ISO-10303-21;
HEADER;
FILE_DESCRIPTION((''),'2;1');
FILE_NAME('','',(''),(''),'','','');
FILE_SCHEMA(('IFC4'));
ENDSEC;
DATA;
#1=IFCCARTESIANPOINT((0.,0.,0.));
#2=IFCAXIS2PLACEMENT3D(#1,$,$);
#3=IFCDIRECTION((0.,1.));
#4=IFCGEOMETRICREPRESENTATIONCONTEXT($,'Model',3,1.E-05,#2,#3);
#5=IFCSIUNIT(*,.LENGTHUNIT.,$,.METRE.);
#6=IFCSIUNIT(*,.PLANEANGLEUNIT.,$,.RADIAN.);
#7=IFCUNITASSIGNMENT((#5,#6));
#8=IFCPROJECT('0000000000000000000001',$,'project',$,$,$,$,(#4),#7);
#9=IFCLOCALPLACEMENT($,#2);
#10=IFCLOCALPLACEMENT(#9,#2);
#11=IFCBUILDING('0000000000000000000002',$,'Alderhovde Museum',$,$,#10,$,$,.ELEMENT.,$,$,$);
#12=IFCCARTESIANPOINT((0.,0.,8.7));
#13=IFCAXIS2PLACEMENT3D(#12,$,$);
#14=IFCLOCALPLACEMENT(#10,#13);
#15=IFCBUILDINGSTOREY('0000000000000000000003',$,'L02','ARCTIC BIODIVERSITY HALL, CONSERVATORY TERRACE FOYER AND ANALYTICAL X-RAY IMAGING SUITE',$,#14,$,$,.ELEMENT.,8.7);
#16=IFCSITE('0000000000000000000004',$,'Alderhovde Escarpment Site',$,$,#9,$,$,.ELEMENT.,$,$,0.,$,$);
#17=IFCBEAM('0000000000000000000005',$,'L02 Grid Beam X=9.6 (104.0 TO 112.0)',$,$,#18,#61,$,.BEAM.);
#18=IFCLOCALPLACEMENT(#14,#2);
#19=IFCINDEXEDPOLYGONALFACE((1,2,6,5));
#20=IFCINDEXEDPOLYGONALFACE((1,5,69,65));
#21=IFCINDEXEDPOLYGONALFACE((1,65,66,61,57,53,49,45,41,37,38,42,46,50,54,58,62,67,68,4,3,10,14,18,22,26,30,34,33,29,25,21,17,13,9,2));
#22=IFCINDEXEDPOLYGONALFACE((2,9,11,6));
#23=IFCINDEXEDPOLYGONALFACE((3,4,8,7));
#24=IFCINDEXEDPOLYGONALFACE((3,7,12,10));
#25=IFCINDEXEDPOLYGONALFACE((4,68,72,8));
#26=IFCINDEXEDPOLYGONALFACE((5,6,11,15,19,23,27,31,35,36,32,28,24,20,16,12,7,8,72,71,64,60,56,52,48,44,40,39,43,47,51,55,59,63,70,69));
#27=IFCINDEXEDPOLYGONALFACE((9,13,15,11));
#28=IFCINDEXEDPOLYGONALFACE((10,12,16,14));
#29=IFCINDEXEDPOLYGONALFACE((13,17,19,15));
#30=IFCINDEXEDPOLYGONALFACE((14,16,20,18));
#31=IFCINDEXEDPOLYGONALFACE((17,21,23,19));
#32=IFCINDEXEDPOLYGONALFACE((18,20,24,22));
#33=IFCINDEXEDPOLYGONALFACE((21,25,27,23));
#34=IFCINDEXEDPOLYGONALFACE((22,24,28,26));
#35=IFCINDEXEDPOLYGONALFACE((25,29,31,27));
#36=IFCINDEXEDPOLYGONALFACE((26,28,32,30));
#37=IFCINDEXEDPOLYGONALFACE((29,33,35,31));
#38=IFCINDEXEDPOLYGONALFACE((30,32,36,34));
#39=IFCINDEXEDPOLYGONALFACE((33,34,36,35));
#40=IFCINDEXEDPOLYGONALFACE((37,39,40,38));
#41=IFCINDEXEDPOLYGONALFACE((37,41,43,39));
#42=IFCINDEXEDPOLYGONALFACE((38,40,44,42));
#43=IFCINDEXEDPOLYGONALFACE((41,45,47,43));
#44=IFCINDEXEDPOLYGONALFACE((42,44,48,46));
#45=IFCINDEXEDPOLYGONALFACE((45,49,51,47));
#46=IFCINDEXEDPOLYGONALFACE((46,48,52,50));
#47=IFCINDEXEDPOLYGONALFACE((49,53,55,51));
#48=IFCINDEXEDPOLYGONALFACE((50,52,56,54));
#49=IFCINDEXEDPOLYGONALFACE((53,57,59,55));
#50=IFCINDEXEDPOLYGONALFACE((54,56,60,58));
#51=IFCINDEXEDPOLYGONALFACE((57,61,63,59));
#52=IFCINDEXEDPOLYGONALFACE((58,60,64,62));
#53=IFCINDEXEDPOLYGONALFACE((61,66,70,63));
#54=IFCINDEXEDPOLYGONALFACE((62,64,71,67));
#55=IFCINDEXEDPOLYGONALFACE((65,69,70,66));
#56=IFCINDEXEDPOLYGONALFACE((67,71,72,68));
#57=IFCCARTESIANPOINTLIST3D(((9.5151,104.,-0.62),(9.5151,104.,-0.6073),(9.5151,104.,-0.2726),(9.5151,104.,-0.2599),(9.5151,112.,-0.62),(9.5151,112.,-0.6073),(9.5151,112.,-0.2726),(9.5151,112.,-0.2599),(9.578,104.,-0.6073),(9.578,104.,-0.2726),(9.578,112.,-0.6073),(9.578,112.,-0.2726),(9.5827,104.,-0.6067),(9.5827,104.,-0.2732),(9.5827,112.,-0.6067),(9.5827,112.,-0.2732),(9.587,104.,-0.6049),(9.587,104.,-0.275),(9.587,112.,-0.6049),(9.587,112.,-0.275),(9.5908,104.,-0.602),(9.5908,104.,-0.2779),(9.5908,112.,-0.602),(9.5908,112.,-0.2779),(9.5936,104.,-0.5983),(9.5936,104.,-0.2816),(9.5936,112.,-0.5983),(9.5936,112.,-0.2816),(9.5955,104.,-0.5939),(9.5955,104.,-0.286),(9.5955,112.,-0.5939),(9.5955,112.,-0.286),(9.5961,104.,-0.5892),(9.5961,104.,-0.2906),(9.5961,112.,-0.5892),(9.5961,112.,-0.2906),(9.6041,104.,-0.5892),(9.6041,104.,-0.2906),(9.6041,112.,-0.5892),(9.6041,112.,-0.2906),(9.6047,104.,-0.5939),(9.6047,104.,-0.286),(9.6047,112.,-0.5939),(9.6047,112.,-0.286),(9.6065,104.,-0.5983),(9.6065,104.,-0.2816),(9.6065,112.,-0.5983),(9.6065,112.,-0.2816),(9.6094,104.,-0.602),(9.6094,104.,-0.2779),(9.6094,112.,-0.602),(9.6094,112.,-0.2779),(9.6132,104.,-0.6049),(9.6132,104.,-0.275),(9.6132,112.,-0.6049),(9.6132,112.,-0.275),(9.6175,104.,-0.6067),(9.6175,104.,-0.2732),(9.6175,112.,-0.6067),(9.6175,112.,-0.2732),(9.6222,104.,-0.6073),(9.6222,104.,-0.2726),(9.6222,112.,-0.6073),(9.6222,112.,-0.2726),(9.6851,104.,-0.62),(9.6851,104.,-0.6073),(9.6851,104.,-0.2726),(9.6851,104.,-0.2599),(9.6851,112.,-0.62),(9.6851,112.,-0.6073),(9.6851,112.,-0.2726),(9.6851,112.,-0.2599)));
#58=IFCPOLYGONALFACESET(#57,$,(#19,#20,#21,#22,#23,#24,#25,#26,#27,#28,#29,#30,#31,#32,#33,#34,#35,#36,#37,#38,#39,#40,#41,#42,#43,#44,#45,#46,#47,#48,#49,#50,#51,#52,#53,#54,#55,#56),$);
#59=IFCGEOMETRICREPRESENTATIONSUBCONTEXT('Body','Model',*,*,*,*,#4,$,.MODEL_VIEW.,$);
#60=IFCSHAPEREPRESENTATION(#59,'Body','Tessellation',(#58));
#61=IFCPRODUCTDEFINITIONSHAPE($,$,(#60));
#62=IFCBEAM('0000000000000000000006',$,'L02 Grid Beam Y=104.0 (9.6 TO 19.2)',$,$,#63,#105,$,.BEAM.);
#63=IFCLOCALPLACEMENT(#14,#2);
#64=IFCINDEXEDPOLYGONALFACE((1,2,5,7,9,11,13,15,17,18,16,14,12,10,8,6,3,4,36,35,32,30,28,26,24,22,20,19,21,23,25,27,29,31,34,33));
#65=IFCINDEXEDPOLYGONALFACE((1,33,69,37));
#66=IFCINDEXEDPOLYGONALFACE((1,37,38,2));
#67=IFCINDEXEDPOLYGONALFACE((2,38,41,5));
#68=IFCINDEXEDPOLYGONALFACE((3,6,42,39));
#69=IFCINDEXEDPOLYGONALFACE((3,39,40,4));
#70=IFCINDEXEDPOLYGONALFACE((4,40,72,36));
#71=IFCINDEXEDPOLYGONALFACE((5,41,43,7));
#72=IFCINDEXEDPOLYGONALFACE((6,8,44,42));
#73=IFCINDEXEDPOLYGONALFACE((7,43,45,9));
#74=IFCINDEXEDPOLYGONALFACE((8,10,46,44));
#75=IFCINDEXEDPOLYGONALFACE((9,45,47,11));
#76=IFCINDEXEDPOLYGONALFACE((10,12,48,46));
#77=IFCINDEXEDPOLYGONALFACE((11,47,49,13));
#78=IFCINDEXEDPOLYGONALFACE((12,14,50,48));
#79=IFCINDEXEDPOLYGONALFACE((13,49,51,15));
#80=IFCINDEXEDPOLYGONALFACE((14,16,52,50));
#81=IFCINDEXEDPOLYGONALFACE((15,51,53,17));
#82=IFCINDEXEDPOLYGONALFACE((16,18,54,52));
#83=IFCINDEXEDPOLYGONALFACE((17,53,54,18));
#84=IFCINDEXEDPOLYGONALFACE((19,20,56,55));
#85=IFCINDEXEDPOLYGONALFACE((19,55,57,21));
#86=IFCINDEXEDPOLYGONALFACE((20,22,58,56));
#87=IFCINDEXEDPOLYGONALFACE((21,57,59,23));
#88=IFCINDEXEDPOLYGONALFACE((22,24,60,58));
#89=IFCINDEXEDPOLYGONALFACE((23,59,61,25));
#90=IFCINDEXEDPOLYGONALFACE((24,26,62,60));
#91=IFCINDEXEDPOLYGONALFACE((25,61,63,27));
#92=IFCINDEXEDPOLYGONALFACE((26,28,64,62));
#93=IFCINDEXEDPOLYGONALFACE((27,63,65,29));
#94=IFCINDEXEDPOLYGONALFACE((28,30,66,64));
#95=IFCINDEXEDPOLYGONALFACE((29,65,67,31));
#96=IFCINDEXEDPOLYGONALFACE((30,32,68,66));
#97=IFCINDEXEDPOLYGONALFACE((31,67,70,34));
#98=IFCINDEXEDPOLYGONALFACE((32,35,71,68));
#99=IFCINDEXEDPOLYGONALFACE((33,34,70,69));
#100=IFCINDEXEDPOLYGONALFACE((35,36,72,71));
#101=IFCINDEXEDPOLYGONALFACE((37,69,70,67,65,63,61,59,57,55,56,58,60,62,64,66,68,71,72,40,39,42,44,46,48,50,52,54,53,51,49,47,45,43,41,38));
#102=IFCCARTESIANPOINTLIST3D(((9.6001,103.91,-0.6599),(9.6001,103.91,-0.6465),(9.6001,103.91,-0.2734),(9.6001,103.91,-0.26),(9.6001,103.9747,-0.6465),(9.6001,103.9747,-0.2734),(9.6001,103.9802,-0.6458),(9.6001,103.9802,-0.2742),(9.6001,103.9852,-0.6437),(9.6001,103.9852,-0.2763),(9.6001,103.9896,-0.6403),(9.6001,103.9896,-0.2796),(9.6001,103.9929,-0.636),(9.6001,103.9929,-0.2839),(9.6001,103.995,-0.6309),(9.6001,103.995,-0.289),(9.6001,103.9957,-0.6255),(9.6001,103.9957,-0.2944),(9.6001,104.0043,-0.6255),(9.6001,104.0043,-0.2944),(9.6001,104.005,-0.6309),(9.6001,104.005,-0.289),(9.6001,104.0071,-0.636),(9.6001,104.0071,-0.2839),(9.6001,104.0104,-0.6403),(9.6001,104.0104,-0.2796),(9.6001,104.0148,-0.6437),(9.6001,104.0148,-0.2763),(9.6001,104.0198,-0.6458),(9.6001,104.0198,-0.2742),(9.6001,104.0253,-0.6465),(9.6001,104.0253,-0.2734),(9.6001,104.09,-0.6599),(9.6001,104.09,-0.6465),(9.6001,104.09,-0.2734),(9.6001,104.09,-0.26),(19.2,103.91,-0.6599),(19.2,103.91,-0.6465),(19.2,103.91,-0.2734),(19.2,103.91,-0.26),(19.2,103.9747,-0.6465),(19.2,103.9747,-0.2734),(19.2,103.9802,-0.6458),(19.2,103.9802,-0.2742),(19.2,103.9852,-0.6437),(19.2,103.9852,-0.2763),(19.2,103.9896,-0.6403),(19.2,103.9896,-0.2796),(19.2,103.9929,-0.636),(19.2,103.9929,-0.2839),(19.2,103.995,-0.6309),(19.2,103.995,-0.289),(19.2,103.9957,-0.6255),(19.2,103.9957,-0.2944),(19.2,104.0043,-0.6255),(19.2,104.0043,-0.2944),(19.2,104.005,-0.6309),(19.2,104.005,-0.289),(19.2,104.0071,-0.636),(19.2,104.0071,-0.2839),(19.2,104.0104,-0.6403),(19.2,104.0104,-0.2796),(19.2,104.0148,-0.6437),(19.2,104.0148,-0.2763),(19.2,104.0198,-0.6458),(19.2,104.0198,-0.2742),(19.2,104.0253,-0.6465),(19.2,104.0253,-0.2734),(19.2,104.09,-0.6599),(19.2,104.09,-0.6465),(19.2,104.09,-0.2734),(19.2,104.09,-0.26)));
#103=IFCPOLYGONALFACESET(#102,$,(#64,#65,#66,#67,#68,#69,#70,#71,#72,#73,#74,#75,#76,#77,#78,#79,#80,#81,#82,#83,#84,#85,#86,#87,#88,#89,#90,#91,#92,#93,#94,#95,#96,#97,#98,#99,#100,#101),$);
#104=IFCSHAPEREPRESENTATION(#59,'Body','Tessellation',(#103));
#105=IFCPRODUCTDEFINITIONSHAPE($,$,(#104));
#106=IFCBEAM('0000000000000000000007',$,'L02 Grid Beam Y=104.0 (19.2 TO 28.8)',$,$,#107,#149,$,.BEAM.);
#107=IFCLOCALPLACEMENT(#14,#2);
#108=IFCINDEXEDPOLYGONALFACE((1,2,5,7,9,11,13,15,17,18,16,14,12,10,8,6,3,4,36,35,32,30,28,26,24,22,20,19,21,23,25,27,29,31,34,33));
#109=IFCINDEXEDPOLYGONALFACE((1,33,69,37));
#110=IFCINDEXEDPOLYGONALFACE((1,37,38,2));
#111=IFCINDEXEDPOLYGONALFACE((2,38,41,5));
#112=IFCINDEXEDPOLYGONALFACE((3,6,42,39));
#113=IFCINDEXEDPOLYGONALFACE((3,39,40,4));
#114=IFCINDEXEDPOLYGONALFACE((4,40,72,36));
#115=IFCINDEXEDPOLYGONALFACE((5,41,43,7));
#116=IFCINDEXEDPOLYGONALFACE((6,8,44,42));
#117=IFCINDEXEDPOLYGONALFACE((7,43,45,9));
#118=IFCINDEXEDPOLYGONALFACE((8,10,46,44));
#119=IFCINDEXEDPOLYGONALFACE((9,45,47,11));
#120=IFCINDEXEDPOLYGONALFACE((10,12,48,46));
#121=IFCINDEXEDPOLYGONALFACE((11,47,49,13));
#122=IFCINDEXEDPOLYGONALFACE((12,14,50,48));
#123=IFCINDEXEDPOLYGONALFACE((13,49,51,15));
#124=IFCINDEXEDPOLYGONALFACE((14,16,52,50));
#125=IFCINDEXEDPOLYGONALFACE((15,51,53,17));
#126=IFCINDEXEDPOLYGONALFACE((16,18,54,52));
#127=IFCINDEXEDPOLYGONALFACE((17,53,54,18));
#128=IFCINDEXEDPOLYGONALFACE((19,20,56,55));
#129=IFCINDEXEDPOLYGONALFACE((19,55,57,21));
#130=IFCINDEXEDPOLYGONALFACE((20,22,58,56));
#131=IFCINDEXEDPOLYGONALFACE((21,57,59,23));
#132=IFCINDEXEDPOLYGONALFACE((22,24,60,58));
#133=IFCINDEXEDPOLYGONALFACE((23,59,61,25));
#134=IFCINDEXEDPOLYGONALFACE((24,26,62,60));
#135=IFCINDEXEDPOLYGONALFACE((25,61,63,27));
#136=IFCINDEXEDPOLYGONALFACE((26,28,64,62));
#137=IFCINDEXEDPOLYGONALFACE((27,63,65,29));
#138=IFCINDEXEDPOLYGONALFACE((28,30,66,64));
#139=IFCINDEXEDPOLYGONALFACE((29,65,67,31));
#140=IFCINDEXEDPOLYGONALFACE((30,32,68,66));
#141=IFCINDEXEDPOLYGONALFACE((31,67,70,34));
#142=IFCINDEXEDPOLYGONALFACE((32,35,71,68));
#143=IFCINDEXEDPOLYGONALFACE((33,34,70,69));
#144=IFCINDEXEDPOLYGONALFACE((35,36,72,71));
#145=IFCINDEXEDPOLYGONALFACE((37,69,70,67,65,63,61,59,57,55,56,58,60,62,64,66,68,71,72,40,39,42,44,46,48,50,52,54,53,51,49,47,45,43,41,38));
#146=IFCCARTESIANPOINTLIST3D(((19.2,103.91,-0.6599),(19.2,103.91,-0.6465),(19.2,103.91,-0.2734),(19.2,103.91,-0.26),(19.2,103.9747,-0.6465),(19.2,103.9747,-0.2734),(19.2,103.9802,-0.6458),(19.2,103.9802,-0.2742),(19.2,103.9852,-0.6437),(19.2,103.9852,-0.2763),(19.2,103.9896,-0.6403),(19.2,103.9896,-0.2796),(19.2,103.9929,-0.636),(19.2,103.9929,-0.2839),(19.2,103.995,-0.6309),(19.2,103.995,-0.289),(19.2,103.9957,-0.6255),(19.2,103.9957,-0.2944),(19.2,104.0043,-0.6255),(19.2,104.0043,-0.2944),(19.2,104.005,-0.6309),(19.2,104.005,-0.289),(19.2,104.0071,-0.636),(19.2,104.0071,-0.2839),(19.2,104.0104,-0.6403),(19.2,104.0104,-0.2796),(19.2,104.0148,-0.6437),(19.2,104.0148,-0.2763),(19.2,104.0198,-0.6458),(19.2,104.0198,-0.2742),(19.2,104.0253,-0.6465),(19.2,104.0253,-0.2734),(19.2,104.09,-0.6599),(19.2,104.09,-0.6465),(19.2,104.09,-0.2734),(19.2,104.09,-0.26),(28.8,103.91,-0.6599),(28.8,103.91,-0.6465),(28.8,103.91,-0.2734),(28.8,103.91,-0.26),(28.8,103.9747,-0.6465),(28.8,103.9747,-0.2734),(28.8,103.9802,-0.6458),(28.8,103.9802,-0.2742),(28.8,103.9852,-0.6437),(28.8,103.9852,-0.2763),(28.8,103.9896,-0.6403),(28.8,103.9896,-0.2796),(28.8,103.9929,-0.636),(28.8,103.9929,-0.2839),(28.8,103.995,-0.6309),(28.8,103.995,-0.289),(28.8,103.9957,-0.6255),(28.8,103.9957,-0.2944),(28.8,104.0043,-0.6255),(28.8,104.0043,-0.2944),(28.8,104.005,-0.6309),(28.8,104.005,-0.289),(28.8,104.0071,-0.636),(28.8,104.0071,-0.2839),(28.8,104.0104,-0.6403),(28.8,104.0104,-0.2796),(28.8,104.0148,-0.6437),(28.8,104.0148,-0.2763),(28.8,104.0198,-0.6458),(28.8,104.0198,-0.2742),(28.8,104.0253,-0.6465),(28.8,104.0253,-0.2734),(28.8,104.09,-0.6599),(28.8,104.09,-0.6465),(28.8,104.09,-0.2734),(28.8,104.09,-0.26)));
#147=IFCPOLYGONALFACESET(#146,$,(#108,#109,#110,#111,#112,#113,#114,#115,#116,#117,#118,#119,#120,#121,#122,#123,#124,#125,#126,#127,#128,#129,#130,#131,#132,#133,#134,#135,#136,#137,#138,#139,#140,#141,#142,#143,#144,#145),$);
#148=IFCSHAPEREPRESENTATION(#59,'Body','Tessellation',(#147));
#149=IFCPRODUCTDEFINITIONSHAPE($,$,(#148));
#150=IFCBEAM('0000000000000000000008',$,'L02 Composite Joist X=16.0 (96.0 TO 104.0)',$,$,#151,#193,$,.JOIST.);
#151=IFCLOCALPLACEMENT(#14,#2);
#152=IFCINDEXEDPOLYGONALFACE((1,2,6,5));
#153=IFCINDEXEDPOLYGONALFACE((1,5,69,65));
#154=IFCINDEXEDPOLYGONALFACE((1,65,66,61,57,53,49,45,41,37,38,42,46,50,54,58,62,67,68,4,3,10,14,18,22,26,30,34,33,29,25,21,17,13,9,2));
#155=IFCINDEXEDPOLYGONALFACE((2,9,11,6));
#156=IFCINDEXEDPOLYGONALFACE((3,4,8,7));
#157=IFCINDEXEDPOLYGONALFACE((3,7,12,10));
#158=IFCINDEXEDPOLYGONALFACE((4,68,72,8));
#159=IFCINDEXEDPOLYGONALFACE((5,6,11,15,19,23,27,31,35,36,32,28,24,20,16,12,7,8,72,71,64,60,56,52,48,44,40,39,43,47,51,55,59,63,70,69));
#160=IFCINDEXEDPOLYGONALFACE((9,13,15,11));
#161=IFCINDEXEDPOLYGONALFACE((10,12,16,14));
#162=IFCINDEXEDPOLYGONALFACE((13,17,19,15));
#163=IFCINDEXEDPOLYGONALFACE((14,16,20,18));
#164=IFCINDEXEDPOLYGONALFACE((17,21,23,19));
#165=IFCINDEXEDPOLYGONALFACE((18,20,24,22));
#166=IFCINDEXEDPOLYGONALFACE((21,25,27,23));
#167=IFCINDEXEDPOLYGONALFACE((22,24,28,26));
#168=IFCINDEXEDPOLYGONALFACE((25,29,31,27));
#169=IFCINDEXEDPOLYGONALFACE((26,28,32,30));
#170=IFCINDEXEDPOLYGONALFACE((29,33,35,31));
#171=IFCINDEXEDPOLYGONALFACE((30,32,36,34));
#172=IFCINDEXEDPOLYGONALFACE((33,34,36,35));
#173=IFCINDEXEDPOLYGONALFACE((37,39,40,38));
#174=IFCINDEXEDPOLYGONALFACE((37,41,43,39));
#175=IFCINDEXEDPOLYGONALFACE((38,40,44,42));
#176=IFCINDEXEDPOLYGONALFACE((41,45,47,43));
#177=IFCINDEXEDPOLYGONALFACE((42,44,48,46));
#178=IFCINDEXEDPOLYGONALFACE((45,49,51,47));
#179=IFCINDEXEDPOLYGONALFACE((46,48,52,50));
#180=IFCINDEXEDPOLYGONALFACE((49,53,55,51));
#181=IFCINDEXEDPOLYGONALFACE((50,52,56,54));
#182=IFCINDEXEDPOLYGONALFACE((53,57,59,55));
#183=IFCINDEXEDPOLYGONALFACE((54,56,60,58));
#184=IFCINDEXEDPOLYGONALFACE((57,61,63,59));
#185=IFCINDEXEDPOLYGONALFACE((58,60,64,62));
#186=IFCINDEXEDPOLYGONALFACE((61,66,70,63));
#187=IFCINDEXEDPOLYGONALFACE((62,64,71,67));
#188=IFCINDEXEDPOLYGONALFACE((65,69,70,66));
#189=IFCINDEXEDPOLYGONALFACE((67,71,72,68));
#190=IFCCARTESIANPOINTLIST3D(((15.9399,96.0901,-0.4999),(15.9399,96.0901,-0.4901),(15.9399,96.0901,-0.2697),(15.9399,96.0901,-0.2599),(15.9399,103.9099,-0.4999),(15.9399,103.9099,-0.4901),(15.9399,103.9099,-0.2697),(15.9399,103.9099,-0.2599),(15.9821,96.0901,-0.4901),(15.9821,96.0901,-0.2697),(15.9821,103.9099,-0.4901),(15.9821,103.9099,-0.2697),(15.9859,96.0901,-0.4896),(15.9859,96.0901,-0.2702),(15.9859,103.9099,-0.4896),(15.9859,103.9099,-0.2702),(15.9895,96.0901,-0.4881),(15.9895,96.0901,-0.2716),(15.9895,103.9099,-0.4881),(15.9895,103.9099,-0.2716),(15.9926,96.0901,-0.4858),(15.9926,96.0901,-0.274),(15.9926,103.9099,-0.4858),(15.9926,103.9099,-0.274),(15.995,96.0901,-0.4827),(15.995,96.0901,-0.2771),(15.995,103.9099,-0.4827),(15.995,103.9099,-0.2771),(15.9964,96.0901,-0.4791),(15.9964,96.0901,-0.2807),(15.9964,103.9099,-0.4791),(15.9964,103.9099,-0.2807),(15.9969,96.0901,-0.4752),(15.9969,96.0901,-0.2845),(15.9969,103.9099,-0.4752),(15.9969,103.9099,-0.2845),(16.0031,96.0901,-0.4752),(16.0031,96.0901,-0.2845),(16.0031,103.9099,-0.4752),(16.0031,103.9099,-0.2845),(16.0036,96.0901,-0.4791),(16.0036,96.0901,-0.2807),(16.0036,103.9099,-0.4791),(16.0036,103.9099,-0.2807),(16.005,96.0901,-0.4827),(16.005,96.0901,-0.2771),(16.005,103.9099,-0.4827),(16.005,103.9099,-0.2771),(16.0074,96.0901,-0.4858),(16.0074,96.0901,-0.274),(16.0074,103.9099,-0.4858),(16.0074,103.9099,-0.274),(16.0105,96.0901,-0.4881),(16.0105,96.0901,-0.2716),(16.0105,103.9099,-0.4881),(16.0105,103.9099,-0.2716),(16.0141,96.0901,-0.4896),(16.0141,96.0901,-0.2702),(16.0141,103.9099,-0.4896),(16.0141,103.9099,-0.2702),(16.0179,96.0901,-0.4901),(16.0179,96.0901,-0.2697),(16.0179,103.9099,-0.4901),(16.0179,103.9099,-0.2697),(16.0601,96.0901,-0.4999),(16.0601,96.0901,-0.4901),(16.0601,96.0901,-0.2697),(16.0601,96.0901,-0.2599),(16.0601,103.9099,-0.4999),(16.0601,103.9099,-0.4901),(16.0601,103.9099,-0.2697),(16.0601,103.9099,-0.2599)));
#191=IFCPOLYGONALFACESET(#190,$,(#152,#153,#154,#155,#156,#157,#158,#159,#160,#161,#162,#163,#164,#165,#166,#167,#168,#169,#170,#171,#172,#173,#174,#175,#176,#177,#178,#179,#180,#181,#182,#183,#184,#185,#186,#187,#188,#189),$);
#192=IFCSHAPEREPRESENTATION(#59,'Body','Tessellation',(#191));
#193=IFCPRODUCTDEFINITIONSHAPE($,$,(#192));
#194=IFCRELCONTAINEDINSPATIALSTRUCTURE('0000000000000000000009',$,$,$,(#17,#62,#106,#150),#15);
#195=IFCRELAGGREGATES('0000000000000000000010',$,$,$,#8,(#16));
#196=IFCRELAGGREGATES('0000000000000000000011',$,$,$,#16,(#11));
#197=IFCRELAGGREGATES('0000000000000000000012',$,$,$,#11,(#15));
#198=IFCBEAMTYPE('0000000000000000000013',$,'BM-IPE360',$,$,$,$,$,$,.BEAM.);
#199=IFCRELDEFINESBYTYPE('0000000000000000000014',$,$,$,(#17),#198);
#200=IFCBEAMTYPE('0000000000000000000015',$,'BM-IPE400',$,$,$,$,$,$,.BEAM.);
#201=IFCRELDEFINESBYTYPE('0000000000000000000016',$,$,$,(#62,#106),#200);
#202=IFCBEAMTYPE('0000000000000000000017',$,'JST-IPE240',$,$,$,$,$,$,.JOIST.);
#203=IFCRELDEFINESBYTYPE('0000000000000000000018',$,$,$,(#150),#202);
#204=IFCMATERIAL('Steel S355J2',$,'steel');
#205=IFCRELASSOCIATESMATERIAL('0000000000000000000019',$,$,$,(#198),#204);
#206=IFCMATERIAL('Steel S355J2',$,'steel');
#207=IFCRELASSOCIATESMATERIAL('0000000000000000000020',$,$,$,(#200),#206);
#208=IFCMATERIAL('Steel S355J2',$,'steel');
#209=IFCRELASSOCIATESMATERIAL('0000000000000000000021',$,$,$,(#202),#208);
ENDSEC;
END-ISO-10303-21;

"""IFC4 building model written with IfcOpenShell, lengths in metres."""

from ifc_helpers import new_model, si_unit, direction, frame, origin, origin_2d, place, context, subcontext, project, spatial, i_section, extrude, material, material_profile, profile_set, type_object, element, save


model = new_model("IFC4")

# Units and contexts
model_context = context("Model", 3, precision=1e-05, world=origin(), true_north=direction((0.0, 1.0)))
body_context = subcontext(model_context, "Body", "Model", "MODEL_VIEW")
ifc_project = project(units=[si_unit("LENGTHUNIT", "METRE"), si_unit("PLANEANGLEUNIT", "RADIAN")], contexts=[model_context])

# Site, building, storey
site_placement = place(None, origin())
site = spatial("IfcSite", under=ifc_project, at=site_placement, Name="Alderhovde Escarpment Site", CompositionType="ELEMENT", RefElevation=0.0)
building_placement = place(site_placement, origin())
building = spatial("IfcBuilding", under=site, at=building_placement, Name="Alderhovde Museum", CompositionType="ELEMENT")
storey_placement = place(building_placement, frame((0.0, 0.0, 8.7)))
storey = spatial("IfcBuildingStorey", under=building, at=storey_placement, Name="L02", Description="ARCTIC BIODIVERSITY HALL, CONSERVATORY TERRACE FOYER AND ANALYTICAL X-RAY IMAGING SUITE", CompositionType="ELEMENT", Elevation=8.7)

# Beams
ifc_material_1 = material(Name="Steel S355J2", Category="steel")
ifc_material_profile_1 = material_profile(ifc_material_1, i_section(OverallWidth=0.1699, OverallDepth=0.3601, WebThickness=0.0081, FlangeThickness=0.0127, FilletRadius=0.0181, at=origin_2d()), Name="IPE 360")
ifc_profile_set_1 = profile_set([ifc_material_profile_1], Name="Steel S355J2")
beam_type_1 = type_object("IfcBeamType", Name="BM-IPE360", PredefinedType="BEAM", material=ifc_profile_set_1)
beam_1_placement = place(storey_placement, frame((9.6001, 104.0, -0.4399), z_axis=(0.0, 1.0, 0.0), x_axis=(-1.0, 0.0, 0.0)))
element("IfcBeam", 1, at=beam_1_placement, inside=storey, type_object=beam_type_1, Name="L02 Grid Beam X=9.6 (104.0 TO 112.0)", PredefinedType="BEAM", context=body_context, shape_type="SweptSolid", body=[
    extrude(i_section(OverallWidth=0.1699, OverallDepth=0.3601, WebThickness=0.0081, FlangeThickness=0.0127, FilletRadius=0.0181, at=origin_2d()), origin(), (0.0, 0.0, 1.0), 8.0),
])
ifc_material_2 = material(Name="Steel S355J2", Category="steel")
ifc_material_profile_2 = material_profile(ifc_material_2, i_section(OverallWidth=0.1799, OverallDepth=0.3999, WebThickness=0.0085, FlangeThickness=0.0134, FilletRadius=0.021, at=origin_2d()), Name="IPE 400")
ifc_profile_set_2 = profile_set([ifc_material_profile_2], Name="Steel S355J2")
beam_type_2 = type_object("IfcBeamType", Name="BM-IPE400", PredefinedType="BEAM", material=ifc_profile_set_2)
beam_2_placement = place(storey_placement, frame((9.6001, 104.0, -0.46), z_axis=(1.0, 0.0, 0.0), x_axis=(0.0, 1.0, 0.0)))
element("IfcBeam", 2, at=beam_2_placement, inside=storey, type_object=beam_type_2, Name="L02 Grid Beam Y=104.0 (9.6 TO 19.2)", PredefinedType="BEAM", context=body_context, shape_type="SweptSolid", body=[
    extrude(i_section(OverallWidth=0.1799, OverallDepth=0.3999, WebThickness=0.0085, FlangeThickness=0.0134, FilletRadius=0.021, at=origin_2d()), origin(), (0.0, 0.0, 1.0), 9.5999),
])
beam_3_placement = place(storey_placement, frame((19.2, 104.0, -0.46), z_axis=(1.0, 0.0, 0.0), x_axis=(0.0, 1.0, 0.0)))
element("IfcBeam", 3, at=beam_3_placement, inside=storey, type_object=beam_type_2, Name="L02 Grid Beam Y=104.0 (19.2 TO 28.8)", PredefinedType="BEAM", context=body_context, shape_type="SweptSolid", body=[
    extrude(i_section(OverallWidth=0.1799, OverallDepth=0.3999, WebThickness=0.0085, FlangeThickness=0.0134, FilletRadius=0.021, at=origin_2d()), origin(), (0.0, 0.0, 1.0), 9.6001),
])
ifc_material_3 = material(Name="Steel S355J2", Category="steel")
ifc_material_profile_3 = material_profile(ifc_material_3, i_section(OverallWidth=0.1201, OverallDepth=0.24, WebThickness=0.0061, FlangeThickness=0.0098, FilletRadius=0.0149, at=origin_2d()), Name="IPE 240")
ifc_profile_set_3 = profile_set([ifc_material_profile_3], Name="Steel S355J2")
beam_type_3 = type_object("IfcBeamType", Name="JST-IPE240", PredefinedType="JOIST", material=ifc_profile_set_3)
beam_4_placement = place(storey_placement, frame((16.0, 96.0901, -0.3799), z_axis=(0.0, 1.0, 0.0), x_axis=(-1.0, 0.0, 0.0)))
element("IfcBeam", 4, at=beam_4_placement, inside=storey, type_object=beam_type_3, Name="L02 Composite Joist X=16.0 (96.0 TO 104.0)", PredefinedType="JOIST", context=body_context, shape_type="SweptSolid", body=[
    extrude(i_section(OverallWidth=0.1201, OverallDepth=0.24, WebThickness=0.0061, FlangeThickness=0.0098, FilletRadius=0.0149, at=origin_2d()), origin(), (0.0, 0.0, 1.0), 7.8198),
])

save(model, "model.ifc")
